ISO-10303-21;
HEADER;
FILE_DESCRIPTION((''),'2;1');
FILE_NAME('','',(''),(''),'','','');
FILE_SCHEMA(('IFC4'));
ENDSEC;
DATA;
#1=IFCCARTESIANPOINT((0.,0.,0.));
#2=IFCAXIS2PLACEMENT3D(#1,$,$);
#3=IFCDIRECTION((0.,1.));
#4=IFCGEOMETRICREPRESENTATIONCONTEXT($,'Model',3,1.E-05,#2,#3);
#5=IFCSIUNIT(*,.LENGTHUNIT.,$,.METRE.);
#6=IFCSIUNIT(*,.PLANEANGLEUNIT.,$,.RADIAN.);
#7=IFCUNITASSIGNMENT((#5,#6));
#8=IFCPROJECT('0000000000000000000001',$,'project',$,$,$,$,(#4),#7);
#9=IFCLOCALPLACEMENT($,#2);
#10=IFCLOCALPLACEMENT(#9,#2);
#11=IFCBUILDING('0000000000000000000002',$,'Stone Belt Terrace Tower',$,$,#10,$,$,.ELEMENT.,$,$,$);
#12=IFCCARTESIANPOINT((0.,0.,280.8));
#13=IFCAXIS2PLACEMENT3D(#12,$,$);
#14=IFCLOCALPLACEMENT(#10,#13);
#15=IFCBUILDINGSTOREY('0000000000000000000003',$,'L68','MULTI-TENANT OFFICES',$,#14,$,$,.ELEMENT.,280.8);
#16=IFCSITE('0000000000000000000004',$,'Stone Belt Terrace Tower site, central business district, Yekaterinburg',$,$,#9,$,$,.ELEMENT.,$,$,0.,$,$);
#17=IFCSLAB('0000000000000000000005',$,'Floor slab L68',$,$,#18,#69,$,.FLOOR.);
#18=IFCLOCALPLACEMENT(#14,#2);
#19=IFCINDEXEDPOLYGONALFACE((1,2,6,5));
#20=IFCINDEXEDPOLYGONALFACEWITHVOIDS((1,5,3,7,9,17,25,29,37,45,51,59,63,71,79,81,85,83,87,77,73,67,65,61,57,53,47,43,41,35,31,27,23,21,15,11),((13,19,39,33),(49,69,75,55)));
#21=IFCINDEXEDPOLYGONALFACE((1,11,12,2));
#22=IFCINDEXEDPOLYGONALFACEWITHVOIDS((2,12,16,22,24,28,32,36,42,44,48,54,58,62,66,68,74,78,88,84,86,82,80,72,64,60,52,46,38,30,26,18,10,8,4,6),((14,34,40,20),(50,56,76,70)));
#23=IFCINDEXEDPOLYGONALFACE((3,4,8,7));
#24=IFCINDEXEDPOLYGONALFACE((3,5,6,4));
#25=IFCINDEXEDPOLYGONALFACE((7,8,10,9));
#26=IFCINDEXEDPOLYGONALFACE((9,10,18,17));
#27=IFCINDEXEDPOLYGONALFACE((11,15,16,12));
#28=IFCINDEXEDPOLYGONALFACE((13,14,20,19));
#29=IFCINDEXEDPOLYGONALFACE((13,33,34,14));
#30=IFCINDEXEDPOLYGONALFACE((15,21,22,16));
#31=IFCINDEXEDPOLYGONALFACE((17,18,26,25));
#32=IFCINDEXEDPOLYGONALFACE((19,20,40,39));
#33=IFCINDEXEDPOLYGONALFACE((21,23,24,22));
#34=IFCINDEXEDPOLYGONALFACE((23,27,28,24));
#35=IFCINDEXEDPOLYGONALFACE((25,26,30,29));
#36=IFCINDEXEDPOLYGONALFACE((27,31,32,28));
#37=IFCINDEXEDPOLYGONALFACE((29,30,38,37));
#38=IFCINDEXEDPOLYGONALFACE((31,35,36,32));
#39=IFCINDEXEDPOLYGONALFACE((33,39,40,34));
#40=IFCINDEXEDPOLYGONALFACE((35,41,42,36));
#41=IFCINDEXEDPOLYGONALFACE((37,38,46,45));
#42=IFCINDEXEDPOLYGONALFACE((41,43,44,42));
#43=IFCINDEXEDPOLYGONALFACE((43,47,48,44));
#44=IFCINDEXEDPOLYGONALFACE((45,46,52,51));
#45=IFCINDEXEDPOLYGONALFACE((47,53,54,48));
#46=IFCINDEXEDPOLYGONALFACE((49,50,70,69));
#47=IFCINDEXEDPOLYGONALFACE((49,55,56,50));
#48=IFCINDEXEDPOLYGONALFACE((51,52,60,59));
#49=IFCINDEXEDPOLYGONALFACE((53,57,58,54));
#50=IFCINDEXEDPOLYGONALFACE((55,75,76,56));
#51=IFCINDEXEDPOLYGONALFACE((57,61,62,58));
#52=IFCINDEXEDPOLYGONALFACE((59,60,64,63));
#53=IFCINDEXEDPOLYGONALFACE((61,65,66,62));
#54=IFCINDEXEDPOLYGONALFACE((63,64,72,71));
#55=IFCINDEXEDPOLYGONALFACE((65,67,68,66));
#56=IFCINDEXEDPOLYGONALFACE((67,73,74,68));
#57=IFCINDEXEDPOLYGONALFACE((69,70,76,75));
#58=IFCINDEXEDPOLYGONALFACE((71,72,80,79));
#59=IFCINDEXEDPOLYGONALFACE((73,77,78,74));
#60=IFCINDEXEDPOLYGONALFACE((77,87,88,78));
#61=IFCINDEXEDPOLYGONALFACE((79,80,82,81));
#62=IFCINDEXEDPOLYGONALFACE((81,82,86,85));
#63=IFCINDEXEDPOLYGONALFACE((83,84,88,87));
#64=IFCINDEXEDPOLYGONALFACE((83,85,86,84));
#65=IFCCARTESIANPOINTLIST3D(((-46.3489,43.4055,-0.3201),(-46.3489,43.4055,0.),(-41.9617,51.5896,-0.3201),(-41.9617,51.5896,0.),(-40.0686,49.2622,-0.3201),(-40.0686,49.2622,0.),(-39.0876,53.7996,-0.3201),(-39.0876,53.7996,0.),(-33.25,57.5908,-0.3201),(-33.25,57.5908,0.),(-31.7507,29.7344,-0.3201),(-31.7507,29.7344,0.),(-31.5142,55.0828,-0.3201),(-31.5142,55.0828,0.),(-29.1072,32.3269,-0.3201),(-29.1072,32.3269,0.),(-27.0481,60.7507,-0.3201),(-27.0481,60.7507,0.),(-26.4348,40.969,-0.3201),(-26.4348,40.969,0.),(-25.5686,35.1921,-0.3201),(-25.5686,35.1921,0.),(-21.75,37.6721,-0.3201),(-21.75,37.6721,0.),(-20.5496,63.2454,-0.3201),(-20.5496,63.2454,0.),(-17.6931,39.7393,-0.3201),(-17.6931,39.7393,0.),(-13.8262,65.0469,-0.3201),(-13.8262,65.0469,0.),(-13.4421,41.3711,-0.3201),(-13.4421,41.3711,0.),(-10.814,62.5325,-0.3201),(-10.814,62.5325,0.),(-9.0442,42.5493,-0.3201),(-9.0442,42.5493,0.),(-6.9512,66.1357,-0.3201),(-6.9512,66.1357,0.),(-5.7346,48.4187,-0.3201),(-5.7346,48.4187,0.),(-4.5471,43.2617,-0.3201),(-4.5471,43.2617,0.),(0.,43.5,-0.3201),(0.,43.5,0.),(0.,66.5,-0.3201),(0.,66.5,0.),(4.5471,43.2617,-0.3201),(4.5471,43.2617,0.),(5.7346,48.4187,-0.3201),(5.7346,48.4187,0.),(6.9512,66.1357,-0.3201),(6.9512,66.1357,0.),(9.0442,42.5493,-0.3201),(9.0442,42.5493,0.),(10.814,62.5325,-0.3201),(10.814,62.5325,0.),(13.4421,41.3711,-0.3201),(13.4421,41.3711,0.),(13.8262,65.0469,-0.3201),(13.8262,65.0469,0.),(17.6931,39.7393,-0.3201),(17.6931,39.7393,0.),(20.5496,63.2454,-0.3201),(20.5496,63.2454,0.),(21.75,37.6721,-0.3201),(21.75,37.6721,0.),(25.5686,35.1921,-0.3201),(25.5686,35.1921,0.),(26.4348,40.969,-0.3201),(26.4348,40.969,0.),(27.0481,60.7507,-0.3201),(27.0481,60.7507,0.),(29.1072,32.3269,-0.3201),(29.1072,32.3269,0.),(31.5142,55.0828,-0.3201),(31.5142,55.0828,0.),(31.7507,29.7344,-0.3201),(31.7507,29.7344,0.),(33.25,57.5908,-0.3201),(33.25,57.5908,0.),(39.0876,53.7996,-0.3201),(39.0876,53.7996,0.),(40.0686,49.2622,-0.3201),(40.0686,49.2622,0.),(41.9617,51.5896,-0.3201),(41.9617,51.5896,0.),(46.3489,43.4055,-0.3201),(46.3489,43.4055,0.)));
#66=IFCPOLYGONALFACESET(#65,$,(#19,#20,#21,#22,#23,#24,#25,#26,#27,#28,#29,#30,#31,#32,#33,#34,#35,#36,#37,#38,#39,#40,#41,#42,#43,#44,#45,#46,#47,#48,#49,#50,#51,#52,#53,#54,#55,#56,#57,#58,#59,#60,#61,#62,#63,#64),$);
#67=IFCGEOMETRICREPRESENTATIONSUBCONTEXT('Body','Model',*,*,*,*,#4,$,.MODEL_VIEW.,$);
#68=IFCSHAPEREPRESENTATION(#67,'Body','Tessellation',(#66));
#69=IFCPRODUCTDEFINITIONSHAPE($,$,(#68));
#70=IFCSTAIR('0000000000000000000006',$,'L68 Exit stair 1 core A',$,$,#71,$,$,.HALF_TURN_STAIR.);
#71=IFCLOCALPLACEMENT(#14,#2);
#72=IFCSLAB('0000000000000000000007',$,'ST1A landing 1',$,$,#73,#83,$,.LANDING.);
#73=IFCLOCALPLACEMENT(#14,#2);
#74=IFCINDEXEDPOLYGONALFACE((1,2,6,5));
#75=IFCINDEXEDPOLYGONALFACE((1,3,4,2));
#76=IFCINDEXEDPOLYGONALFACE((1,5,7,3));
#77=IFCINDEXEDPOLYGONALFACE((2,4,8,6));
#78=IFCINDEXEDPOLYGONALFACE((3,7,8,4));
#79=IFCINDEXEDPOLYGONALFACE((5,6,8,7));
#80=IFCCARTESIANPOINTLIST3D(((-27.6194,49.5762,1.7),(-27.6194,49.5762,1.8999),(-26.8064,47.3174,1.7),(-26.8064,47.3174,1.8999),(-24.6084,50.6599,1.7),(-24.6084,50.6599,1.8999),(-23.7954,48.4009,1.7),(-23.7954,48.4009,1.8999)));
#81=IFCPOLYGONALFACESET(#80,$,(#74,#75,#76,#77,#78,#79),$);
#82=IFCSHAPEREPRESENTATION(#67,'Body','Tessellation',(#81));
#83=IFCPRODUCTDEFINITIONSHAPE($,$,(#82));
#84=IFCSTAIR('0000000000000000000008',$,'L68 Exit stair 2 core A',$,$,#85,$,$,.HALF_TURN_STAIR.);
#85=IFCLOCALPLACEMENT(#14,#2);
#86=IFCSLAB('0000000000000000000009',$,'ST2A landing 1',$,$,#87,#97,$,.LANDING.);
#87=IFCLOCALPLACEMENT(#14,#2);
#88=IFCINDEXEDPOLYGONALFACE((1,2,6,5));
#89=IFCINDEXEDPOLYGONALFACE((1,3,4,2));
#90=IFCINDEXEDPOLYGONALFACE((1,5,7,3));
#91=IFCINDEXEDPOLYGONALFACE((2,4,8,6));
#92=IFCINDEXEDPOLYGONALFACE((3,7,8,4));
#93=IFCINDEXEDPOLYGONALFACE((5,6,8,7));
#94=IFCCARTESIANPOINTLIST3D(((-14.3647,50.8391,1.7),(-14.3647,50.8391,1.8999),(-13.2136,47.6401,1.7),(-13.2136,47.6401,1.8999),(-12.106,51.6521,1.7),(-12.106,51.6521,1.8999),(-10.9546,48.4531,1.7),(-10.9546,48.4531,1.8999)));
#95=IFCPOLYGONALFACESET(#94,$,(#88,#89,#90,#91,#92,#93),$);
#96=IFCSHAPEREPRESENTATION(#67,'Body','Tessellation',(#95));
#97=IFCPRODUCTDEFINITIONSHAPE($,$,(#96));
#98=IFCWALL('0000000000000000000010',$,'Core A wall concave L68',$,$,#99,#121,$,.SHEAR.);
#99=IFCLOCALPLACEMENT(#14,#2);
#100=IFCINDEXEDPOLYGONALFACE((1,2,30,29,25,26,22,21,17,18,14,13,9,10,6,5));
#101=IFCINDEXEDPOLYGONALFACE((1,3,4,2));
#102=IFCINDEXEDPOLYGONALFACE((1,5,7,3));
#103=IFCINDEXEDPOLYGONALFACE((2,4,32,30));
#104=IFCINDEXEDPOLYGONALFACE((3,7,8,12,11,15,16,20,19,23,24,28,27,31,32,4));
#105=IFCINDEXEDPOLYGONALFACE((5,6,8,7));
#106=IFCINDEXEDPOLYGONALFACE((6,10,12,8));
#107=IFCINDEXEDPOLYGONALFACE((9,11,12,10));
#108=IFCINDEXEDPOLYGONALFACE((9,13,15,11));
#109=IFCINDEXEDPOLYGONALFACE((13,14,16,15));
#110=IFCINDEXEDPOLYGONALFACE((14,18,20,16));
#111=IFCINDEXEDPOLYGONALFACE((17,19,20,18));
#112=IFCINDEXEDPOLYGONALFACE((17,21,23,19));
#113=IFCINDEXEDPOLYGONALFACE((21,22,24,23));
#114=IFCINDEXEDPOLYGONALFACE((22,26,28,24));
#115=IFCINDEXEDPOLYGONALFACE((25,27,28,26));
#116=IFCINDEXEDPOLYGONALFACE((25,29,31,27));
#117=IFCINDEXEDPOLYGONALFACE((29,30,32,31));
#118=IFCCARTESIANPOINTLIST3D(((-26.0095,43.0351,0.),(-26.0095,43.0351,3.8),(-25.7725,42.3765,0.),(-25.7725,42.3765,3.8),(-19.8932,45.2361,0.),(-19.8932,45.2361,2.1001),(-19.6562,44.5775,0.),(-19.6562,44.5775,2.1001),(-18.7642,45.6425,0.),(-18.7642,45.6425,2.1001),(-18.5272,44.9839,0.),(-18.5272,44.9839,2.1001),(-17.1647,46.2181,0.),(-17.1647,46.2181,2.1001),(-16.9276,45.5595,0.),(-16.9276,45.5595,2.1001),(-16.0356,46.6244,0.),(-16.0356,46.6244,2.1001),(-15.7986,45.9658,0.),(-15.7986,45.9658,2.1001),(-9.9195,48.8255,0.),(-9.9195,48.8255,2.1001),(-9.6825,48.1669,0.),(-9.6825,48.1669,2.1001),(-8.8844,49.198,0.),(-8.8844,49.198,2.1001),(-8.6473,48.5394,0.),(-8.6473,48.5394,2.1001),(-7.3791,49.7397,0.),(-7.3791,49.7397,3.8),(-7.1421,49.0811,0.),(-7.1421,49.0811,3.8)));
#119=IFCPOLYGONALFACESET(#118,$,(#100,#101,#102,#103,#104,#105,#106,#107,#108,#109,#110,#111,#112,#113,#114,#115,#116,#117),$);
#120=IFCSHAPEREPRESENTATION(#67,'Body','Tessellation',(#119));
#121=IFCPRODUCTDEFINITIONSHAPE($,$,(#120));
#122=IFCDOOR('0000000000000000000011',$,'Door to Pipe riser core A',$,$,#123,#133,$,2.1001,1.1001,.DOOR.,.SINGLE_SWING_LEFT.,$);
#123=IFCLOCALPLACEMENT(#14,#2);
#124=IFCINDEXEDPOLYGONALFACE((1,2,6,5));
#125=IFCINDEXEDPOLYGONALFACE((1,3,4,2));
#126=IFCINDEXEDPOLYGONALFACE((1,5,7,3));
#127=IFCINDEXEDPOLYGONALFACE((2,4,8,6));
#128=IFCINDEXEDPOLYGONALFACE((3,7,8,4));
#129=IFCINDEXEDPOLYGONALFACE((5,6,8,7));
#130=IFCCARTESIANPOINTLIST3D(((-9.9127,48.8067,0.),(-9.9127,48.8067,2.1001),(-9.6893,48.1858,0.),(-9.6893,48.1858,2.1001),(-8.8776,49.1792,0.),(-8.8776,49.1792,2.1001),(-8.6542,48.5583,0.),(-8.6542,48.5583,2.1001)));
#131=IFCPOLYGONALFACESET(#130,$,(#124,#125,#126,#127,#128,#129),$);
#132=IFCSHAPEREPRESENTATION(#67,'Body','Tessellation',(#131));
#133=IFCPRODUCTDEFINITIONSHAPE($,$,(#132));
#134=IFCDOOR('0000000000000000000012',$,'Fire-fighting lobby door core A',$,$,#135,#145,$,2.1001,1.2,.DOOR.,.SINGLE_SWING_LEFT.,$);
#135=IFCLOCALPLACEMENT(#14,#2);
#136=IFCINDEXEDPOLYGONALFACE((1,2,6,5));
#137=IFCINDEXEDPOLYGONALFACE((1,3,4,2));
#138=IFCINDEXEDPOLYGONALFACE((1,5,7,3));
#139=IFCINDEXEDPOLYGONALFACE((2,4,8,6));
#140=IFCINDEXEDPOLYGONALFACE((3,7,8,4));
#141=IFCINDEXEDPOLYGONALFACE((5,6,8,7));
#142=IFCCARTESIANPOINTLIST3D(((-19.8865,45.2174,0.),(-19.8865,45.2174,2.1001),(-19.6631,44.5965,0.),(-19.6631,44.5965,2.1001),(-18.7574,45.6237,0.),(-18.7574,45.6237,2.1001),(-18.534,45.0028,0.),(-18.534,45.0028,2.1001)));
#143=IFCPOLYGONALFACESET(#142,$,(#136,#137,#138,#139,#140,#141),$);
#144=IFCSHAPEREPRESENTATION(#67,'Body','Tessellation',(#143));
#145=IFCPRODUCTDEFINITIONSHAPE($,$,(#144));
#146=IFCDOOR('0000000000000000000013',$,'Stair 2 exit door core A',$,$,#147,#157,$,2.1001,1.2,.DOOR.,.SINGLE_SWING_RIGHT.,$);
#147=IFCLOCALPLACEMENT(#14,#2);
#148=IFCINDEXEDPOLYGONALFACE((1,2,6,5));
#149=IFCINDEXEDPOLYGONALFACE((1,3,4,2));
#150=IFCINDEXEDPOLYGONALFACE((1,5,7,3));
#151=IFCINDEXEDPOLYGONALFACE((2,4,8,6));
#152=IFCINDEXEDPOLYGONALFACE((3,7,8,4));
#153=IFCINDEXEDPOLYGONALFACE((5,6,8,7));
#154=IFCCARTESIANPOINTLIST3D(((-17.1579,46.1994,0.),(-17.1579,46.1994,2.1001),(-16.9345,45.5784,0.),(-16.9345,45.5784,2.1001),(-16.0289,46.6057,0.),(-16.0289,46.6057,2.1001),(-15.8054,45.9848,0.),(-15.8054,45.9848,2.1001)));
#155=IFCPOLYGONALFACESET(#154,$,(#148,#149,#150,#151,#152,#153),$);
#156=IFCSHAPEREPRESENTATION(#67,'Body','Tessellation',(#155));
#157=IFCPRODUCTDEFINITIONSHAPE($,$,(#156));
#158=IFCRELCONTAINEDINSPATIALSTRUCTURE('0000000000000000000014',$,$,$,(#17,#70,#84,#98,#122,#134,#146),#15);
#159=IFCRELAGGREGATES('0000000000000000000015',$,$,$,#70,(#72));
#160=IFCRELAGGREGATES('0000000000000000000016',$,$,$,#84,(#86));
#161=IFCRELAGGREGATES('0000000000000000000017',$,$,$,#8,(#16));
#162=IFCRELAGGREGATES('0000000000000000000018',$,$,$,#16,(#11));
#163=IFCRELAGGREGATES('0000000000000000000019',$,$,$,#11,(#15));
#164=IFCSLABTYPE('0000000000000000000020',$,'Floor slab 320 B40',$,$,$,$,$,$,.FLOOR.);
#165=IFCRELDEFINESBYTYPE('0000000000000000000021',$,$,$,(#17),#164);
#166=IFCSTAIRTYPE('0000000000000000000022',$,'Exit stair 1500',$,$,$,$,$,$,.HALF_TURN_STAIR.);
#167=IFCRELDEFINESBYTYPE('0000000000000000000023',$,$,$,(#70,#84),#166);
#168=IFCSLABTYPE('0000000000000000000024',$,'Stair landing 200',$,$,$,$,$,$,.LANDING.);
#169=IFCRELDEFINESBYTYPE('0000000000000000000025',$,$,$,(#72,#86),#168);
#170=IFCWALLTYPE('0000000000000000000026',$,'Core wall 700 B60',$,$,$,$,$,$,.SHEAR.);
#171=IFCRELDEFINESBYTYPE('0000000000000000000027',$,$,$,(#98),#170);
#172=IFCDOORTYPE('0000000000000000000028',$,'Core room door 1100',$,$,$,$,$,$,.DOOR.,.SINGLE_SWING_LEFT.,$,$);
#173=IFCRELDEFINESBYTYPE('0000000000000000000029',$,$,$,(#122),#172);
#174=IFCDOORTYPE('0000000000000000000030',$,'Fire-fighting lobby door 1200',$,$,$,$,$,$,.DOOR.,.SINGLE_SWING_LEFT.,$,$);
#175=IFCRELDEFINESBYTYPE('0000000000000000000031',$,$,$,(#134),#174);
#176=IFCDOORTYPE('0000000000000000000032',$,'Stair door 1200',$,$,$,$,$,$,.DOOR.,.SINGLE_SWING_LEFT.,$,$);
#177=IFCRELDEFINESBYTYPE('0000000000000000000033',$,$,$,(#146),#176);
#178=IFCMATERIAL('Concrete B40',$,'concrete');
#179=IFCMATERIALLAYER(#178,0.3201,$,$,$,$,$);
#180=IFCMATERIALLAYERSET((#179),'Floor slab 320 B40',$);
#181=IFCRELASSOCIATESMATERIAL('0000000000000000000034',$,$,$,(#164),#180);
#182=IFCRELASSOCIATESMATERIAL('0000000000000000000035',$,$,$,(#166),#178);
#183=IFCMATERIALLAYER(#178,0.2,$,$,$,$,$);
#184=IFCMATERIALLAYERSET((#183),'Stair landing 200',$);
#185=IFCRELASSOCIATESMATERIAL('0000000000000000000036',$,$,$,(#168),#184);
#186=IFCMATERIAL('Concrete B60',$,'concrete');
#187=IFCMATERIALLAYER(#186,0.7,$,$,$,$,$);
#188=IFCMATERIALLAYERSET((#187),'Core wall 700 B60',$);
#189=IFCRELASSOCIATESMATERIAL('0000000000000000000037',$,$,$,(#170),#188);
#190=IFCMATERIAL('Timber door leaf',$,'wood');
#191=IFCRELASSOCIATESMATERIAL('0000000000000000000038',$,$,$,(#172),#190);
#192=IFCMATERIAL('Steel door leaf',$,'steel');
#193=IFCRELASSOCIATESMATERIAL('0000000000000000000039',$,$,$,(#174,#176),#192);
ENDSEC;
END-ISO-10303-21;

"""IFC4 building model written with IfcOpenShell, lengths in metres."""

from ifc_helpers import new_model, si_unit, direction, frame, frame_2d, origin, place, context, subcontext, project, spatial, polyline, rectangle, outline, extrude, material, layer, layer_set, type_object, element, fill, aggregate, save


model = new_model("IFC4")

# Units and contexts
model_context = context("Model", 3, precision=1e-05, world=origin(), true_north=direction((0.0, 1.0)))
body_context = subcontext(model_context, "Body", "Model", "MODEL_VIEW")
ifc_project = project(units=[si_unit("LENGTHUNIT", "METRE"), si_unit("PLANEANGLEUNIT", "RADIAN")], contexts=[model_context])

# Site, building, storey
site_placement = place(None, origin())
site = spatial("IfcSite", under=ifc_project, at=site_placement, Name="Stone Belt Terrace Tower site, central business district, Yekaterinburg", CompositionType="ELEMENT", RefElevation=0.0)
building_placement = place(site_placement, origin())
building = spatial("IfcBuilding", under=site, at=building_placement, Name="Stone Belt Terrace Tower", CompositionType="ELEMENT")
storey_placement = place(building_placement, frame((0.0, 0.0, 280.8)))
storey = spatial("IfcBuildingStorey", under=building, at=storey_placement, Name="L68", Description="MULTI-TENANT OFFICES", CompositionType="ELEMENT", Elevation=280.8)

# Shared definitions
ifc_material_1 = material(Name="Concrete B60", Category="concrete")

# Slab
ifc_material_2 = material(Name="Concrete B40", Category="concrete")
ifc_layer_1 = layer(ifc_material_2, 0.3201)
ifc_layer_set_1 = layer_set([ifc_layer_1], Name="Floor slab 320 B40")
slab_type_1 = type_object("IfcSlabType", Name="Floor slab 320 B40", PredefinedType="FLOOR", material=ifc_layer_set_1)
slab_1_placement = place(storey_placement, frame((0.0, 0.0, -0.3201)))
element("IfcSlab", 1, at=slab_1_placement, inside=storey, type_object=slab_type_1, Name="Floor slab L68", PredefinedType="FLOOR", context=body_context, shape_type="SweptSolid", body=[
    extrude(outline(polyline([(-40.0686, 49.2622), (-41.9617, 51.5896), (-39.0876, 53.7996), (-33.25, 57.5908), (-27.0481, 60.7507), (-20.5496, 63.2454), (-13.8262, 65.0469), (-6.9512, 66.1357), (0.0, 66.5), (6.9512, 66.1357), (13.8262, 65.0469), (20.5496, 63.2454), (27.0481, 60.7507), (33.25, 57.5908), (39.0876, 53.7996), (41.9617, 51.5896), (40.0686, 49.2622), (46.3489, 43.4055), (31.7507, 29.7344), (29.1072, 32.3269), (25.5686, 35.1921), (21.75, 37.6721), (17.6931, 39.7393), (13.4421, 41.3711), (9.0442, 42.5493), (4.5471, 43.2617), (0.0, 43.5), (-4.5471, 43.2617), (-9.0442, 42.5493), (-13.4421, 41.3711), (-17.6931, 39.7393), (-21.75, 37.6721), (-25.5686, 35.1921), (-29.1072, 32.3269), (-31.7507, 29.7344), (-46.3489, 43.4055), (-40.0686, 49.2622)]), holes=[polyline([(-10.814, 62.5325), (-31.5142, 55.0828), (-26.4348, 40.969), (-5.7346, 48.4187), (-10.814, 62.5325)]), polyline([(26.4348, 40.969), (31.5142, 55.0828), (10.814, 62.5325), (5.7346, 48.4187), (26.4348, 40.969)])]), origin(), (0.0, 0.0, 1.0), 0.3201),
])

# Stairs, slabs
stair_type = type_object("IfcStairType", Name="Exit stair 1500", PredefinedType="HALF_TURN_STAIR", material=ifc_material_2)
stair_1_placement = place(storey_placement, origin())
stair_1 = element("IfcStair", 2, at=stair_1_placement, inside=storey, type_object=stair_type, Name="L68 Exit stair 1 core A", PredefinedType="HALF_TURN_STAIR")
ifc_layer_2 = layer(ifc_material_2, 0.2)
ifc_layer_set_2 = layer_set([ifc_layer_2], Name="Stair landing 200")
slab_type_2 = type_object("IfcSlabType", Name="Stair landing 200", PredefinedType="LANDING", material=ifc_layer_set_2)
slab_2_placement = place(storey_placement, frame((0.0, 0.0, 1.7)))
slab_2 = element("IfcSlab", 3, at=slab_2_placement, type_object=slab_type_2, Name="ST1A landing 1", PredefinedType="LANDING", context=body_context, shape_type="SweptSolid", body=[
    extrude(outline(polyline([(-23.7954, 48.4009), (-24.6084, 50.6599), (-27.6194, 49.5762), (-26.8064, 47.3174), (-23.7954, 48.4009)])), origin(), (0.0, 0.0, 1.0), 0.2),
])
aggregate(stair_1, [slab_2])
stair_2_placement = place(storey_placement, origin())
stair_2 = element("IfcStair", 4, at=stair_2_placement, inside=storey, type_object=stair_type, Name="L68 Exit stair 2 core A", PredefinedType="HALF_TURN_STAIR")
slab_3_placement = place(storey_placement, frame((0.0, 0.0, 1.7)))
slab_3 = element("IfcSlab", 5, at=slab_3_placement, type_object=slab_type_2, Name="ST2A landing 1", PredefinedType="LANDING", context=body_context, shape_type="SweptSolid", body=[
    extrude(outline(polyline([(-13.2136, 47.6401), (-10.9546, 48.4531), (-12.106, 51.6521), (-14.3647, 50.8391), (-13.2136, 47.6401)])), origin(), (0.0, 0.0, 1.0), 0.2),
])
aggregate(stair_2, [slab_3])

# Wall, openings, doors
ifc_layer_3 = layer(ifc_material_1, 0.7)
ifc_layer_set_3 = layer_set([ifc_layer_3], Name="Core wall 700 B60")
wall_type_1 = type_object("IfcWallType", Name="Core wall 700 B60", PredefinedType="SHEAR", material=ifc_layer_set_3)
wall_1_placement = place(storey_placement, frame((-25.8909, 42.7058, 0.0), z_axis=(0.0, 0.0, 1.0), x_axis=(0.940925, 0.338615, 0.0)))
wall_1 = element("IfcWall", 6, at=wall_1_placement, inside=storey, type_object=wall_type_1, Name="Core A wall concave L68", PredefinedType="SHEAR", context=body_context, shape_type="SweptSolid", body=[
    extrude(rectangle(XDim=19.8, YDim=0.7, at=frame_2d((9.8999, 0.0))), origin(), (0.0, 0.0, 1.0), 3.8),
])
opening_1_placement = place(wall_1_placement, frame((6.5, 0.0, 0.0)))
opening_1 = element("IfcOpeningElement", 7, at=opening_1_placement, cuts=wall_1, PredefinedType="OPENING", context=body_context, shape_type="SweptSolid", body=[
    extrude(rectangle(XDim=1.2, YDim=2.1001, at=frame_2d((0.6001, 1.05))), frame((0.0, 0.3599, 0.0), z_axis=(0.0, -1.0, 0.0), x_axis=(1.0, 0.0, 0.0)), (0.0, 0.0, 1.0), 0.72),
])
opening_2_placement = place(wall_1_placement, frame((9.3999, 0.0, 0.0)))
opening_2 = element("IfcOpeningElement", 8, at=opening_2_placement, cuts=wall_1, PredefinedType="OPENING", context=body_context, shape_type="SweptSolid", body=[
    extrude(rectangle(XDim=1.2, YDim=2.1001, at=frame_2d((0.6001, 1.05))), frame((0.0, 0.3599, 0.0), z_axis=(0.0, -1.0, 0.0), x_axis=(1.0, 0.0, 0.0)), (0.0, 0.0, 1.0), 0.72),
])
opening_3_placement = place(wall_1_placement, frame((17.1001, 0.0, 0.0)))
opening_3 = element("IfcOpeningElement", 9, at=opening_3_placement, cuts=wall_1, PredefinedType="OPENING", context=body_context, shape_type="SweptSolid", body=[
    extrude(rectangle(XDim=1.1001, YDim=2.1001, at=frame_2d((0.55, 1.05))), frame((0.0, 0.3599, 0.0), z_axis=(0.0, -1.0, 0.0), x_axis=(1.0, 0.0, 0.0)), (0.0, 0.0, 1.0), 0.72),
])
ifc_material_3 = material(Name="Timber door leaf", Category="wood")
door_type_1 = type_object("IfcDoorType", Name="Core room door 1100", OperationType="SINGLE_SWING_LEFT", PredefinedType="DOOR", material=ifc_material_3)
door_1_placement = place(opening_3_placement, origin())
door_1 = element("IfcDoor", 10, at=door_1_placement, inside=storey, type_object=door_type_1, Name="Door to Pipe riser core A", OperationType="SINGLE_SWING_LEFT", OverallHeight=2.1001, OverallWidth=1.1001, PredefinedType="DOOR", context=body_context, shape_type="SweptSolid", body=[
    extrude(rectangle(XDim=1.1001, YDim=2.1001, at=frame_2d((0.55, 1.05))), frame((0.0, 0.3301, 0.0), z_axis=(0.0, -1.0, 0.0), x_axis=(1.0, 0.0, 0.0)), (0.0, 0.0, 1.0), 0.6599),
])
fill(opening_3, door_1)
ifc_material_4 = material(Name="Steel door leaf", Category="steel")
door_type_2 = type_object("IfcDoorType", Name="Fire-fighting lobby door 1200", OperationType="SINGLE_SWING_LEFT", PredefinedType="DOOR", material=ifc_material_4)
door_2_placement = place(opening_1_placement, origin())
door_2 = element("IfcDoor", 11, at=door_2_placement, inside=storey, type_object=door_type_2, Name="Fire-fighting lobby door core A", OperationType="SINGLE_SWING_LEFT", OverallHeight=2.1001, OverallWidth=1.2, PredefinedType="DOOR", context=body_context, shape_type="SweptSolid", body=[
    extrude(rectangle(XDim=1.2, YDim=2.1001, at=frame_2d((0.6001, 1.05))), frame((0.0, 0.3301, 0.0), z_axis=(0.0, -1.0, 0.0), x_axis=(1.0, 0.0, 0.0)), (0.0, 0.0, 1.0), 0.6599),
])
fill(opening_1, door_2)
door_type_3 = type_object("IfcDoorType", Name="Stair door 1200", OperationType="SINGLE_SWING_LEFT", PredefinedType="DOOR", material=ifc_material_4)
door_3_placement = place(opening_2_placement, origin())
door_3 = element("IfcDoor", 12, at=door_3_placement, inside=storey, type_object=door_type_3, Name="Stair 2 exit door core A", OperationType="SINGLE_SWING_RIGHT", OverallHeight=2.1001, OverallWidth=1.2, PredefinedType="DOOR", context=body_context, shape_type="SweptSolid", body=[
    extrude(rectangle(XDim=1.2, YDim=2.1001, at=frame_2d((0.6001, 1.05))), frame((0.0, 0.3301, 0.0), z_axis=(0.0, -1.0, 0.0), x_axis=(1.0, 0.0, 0.0)), (0.0, 0.0, 1.0), 0.6599),
])
fill(opening_2, door_3)

save(model, "model.ifc")
